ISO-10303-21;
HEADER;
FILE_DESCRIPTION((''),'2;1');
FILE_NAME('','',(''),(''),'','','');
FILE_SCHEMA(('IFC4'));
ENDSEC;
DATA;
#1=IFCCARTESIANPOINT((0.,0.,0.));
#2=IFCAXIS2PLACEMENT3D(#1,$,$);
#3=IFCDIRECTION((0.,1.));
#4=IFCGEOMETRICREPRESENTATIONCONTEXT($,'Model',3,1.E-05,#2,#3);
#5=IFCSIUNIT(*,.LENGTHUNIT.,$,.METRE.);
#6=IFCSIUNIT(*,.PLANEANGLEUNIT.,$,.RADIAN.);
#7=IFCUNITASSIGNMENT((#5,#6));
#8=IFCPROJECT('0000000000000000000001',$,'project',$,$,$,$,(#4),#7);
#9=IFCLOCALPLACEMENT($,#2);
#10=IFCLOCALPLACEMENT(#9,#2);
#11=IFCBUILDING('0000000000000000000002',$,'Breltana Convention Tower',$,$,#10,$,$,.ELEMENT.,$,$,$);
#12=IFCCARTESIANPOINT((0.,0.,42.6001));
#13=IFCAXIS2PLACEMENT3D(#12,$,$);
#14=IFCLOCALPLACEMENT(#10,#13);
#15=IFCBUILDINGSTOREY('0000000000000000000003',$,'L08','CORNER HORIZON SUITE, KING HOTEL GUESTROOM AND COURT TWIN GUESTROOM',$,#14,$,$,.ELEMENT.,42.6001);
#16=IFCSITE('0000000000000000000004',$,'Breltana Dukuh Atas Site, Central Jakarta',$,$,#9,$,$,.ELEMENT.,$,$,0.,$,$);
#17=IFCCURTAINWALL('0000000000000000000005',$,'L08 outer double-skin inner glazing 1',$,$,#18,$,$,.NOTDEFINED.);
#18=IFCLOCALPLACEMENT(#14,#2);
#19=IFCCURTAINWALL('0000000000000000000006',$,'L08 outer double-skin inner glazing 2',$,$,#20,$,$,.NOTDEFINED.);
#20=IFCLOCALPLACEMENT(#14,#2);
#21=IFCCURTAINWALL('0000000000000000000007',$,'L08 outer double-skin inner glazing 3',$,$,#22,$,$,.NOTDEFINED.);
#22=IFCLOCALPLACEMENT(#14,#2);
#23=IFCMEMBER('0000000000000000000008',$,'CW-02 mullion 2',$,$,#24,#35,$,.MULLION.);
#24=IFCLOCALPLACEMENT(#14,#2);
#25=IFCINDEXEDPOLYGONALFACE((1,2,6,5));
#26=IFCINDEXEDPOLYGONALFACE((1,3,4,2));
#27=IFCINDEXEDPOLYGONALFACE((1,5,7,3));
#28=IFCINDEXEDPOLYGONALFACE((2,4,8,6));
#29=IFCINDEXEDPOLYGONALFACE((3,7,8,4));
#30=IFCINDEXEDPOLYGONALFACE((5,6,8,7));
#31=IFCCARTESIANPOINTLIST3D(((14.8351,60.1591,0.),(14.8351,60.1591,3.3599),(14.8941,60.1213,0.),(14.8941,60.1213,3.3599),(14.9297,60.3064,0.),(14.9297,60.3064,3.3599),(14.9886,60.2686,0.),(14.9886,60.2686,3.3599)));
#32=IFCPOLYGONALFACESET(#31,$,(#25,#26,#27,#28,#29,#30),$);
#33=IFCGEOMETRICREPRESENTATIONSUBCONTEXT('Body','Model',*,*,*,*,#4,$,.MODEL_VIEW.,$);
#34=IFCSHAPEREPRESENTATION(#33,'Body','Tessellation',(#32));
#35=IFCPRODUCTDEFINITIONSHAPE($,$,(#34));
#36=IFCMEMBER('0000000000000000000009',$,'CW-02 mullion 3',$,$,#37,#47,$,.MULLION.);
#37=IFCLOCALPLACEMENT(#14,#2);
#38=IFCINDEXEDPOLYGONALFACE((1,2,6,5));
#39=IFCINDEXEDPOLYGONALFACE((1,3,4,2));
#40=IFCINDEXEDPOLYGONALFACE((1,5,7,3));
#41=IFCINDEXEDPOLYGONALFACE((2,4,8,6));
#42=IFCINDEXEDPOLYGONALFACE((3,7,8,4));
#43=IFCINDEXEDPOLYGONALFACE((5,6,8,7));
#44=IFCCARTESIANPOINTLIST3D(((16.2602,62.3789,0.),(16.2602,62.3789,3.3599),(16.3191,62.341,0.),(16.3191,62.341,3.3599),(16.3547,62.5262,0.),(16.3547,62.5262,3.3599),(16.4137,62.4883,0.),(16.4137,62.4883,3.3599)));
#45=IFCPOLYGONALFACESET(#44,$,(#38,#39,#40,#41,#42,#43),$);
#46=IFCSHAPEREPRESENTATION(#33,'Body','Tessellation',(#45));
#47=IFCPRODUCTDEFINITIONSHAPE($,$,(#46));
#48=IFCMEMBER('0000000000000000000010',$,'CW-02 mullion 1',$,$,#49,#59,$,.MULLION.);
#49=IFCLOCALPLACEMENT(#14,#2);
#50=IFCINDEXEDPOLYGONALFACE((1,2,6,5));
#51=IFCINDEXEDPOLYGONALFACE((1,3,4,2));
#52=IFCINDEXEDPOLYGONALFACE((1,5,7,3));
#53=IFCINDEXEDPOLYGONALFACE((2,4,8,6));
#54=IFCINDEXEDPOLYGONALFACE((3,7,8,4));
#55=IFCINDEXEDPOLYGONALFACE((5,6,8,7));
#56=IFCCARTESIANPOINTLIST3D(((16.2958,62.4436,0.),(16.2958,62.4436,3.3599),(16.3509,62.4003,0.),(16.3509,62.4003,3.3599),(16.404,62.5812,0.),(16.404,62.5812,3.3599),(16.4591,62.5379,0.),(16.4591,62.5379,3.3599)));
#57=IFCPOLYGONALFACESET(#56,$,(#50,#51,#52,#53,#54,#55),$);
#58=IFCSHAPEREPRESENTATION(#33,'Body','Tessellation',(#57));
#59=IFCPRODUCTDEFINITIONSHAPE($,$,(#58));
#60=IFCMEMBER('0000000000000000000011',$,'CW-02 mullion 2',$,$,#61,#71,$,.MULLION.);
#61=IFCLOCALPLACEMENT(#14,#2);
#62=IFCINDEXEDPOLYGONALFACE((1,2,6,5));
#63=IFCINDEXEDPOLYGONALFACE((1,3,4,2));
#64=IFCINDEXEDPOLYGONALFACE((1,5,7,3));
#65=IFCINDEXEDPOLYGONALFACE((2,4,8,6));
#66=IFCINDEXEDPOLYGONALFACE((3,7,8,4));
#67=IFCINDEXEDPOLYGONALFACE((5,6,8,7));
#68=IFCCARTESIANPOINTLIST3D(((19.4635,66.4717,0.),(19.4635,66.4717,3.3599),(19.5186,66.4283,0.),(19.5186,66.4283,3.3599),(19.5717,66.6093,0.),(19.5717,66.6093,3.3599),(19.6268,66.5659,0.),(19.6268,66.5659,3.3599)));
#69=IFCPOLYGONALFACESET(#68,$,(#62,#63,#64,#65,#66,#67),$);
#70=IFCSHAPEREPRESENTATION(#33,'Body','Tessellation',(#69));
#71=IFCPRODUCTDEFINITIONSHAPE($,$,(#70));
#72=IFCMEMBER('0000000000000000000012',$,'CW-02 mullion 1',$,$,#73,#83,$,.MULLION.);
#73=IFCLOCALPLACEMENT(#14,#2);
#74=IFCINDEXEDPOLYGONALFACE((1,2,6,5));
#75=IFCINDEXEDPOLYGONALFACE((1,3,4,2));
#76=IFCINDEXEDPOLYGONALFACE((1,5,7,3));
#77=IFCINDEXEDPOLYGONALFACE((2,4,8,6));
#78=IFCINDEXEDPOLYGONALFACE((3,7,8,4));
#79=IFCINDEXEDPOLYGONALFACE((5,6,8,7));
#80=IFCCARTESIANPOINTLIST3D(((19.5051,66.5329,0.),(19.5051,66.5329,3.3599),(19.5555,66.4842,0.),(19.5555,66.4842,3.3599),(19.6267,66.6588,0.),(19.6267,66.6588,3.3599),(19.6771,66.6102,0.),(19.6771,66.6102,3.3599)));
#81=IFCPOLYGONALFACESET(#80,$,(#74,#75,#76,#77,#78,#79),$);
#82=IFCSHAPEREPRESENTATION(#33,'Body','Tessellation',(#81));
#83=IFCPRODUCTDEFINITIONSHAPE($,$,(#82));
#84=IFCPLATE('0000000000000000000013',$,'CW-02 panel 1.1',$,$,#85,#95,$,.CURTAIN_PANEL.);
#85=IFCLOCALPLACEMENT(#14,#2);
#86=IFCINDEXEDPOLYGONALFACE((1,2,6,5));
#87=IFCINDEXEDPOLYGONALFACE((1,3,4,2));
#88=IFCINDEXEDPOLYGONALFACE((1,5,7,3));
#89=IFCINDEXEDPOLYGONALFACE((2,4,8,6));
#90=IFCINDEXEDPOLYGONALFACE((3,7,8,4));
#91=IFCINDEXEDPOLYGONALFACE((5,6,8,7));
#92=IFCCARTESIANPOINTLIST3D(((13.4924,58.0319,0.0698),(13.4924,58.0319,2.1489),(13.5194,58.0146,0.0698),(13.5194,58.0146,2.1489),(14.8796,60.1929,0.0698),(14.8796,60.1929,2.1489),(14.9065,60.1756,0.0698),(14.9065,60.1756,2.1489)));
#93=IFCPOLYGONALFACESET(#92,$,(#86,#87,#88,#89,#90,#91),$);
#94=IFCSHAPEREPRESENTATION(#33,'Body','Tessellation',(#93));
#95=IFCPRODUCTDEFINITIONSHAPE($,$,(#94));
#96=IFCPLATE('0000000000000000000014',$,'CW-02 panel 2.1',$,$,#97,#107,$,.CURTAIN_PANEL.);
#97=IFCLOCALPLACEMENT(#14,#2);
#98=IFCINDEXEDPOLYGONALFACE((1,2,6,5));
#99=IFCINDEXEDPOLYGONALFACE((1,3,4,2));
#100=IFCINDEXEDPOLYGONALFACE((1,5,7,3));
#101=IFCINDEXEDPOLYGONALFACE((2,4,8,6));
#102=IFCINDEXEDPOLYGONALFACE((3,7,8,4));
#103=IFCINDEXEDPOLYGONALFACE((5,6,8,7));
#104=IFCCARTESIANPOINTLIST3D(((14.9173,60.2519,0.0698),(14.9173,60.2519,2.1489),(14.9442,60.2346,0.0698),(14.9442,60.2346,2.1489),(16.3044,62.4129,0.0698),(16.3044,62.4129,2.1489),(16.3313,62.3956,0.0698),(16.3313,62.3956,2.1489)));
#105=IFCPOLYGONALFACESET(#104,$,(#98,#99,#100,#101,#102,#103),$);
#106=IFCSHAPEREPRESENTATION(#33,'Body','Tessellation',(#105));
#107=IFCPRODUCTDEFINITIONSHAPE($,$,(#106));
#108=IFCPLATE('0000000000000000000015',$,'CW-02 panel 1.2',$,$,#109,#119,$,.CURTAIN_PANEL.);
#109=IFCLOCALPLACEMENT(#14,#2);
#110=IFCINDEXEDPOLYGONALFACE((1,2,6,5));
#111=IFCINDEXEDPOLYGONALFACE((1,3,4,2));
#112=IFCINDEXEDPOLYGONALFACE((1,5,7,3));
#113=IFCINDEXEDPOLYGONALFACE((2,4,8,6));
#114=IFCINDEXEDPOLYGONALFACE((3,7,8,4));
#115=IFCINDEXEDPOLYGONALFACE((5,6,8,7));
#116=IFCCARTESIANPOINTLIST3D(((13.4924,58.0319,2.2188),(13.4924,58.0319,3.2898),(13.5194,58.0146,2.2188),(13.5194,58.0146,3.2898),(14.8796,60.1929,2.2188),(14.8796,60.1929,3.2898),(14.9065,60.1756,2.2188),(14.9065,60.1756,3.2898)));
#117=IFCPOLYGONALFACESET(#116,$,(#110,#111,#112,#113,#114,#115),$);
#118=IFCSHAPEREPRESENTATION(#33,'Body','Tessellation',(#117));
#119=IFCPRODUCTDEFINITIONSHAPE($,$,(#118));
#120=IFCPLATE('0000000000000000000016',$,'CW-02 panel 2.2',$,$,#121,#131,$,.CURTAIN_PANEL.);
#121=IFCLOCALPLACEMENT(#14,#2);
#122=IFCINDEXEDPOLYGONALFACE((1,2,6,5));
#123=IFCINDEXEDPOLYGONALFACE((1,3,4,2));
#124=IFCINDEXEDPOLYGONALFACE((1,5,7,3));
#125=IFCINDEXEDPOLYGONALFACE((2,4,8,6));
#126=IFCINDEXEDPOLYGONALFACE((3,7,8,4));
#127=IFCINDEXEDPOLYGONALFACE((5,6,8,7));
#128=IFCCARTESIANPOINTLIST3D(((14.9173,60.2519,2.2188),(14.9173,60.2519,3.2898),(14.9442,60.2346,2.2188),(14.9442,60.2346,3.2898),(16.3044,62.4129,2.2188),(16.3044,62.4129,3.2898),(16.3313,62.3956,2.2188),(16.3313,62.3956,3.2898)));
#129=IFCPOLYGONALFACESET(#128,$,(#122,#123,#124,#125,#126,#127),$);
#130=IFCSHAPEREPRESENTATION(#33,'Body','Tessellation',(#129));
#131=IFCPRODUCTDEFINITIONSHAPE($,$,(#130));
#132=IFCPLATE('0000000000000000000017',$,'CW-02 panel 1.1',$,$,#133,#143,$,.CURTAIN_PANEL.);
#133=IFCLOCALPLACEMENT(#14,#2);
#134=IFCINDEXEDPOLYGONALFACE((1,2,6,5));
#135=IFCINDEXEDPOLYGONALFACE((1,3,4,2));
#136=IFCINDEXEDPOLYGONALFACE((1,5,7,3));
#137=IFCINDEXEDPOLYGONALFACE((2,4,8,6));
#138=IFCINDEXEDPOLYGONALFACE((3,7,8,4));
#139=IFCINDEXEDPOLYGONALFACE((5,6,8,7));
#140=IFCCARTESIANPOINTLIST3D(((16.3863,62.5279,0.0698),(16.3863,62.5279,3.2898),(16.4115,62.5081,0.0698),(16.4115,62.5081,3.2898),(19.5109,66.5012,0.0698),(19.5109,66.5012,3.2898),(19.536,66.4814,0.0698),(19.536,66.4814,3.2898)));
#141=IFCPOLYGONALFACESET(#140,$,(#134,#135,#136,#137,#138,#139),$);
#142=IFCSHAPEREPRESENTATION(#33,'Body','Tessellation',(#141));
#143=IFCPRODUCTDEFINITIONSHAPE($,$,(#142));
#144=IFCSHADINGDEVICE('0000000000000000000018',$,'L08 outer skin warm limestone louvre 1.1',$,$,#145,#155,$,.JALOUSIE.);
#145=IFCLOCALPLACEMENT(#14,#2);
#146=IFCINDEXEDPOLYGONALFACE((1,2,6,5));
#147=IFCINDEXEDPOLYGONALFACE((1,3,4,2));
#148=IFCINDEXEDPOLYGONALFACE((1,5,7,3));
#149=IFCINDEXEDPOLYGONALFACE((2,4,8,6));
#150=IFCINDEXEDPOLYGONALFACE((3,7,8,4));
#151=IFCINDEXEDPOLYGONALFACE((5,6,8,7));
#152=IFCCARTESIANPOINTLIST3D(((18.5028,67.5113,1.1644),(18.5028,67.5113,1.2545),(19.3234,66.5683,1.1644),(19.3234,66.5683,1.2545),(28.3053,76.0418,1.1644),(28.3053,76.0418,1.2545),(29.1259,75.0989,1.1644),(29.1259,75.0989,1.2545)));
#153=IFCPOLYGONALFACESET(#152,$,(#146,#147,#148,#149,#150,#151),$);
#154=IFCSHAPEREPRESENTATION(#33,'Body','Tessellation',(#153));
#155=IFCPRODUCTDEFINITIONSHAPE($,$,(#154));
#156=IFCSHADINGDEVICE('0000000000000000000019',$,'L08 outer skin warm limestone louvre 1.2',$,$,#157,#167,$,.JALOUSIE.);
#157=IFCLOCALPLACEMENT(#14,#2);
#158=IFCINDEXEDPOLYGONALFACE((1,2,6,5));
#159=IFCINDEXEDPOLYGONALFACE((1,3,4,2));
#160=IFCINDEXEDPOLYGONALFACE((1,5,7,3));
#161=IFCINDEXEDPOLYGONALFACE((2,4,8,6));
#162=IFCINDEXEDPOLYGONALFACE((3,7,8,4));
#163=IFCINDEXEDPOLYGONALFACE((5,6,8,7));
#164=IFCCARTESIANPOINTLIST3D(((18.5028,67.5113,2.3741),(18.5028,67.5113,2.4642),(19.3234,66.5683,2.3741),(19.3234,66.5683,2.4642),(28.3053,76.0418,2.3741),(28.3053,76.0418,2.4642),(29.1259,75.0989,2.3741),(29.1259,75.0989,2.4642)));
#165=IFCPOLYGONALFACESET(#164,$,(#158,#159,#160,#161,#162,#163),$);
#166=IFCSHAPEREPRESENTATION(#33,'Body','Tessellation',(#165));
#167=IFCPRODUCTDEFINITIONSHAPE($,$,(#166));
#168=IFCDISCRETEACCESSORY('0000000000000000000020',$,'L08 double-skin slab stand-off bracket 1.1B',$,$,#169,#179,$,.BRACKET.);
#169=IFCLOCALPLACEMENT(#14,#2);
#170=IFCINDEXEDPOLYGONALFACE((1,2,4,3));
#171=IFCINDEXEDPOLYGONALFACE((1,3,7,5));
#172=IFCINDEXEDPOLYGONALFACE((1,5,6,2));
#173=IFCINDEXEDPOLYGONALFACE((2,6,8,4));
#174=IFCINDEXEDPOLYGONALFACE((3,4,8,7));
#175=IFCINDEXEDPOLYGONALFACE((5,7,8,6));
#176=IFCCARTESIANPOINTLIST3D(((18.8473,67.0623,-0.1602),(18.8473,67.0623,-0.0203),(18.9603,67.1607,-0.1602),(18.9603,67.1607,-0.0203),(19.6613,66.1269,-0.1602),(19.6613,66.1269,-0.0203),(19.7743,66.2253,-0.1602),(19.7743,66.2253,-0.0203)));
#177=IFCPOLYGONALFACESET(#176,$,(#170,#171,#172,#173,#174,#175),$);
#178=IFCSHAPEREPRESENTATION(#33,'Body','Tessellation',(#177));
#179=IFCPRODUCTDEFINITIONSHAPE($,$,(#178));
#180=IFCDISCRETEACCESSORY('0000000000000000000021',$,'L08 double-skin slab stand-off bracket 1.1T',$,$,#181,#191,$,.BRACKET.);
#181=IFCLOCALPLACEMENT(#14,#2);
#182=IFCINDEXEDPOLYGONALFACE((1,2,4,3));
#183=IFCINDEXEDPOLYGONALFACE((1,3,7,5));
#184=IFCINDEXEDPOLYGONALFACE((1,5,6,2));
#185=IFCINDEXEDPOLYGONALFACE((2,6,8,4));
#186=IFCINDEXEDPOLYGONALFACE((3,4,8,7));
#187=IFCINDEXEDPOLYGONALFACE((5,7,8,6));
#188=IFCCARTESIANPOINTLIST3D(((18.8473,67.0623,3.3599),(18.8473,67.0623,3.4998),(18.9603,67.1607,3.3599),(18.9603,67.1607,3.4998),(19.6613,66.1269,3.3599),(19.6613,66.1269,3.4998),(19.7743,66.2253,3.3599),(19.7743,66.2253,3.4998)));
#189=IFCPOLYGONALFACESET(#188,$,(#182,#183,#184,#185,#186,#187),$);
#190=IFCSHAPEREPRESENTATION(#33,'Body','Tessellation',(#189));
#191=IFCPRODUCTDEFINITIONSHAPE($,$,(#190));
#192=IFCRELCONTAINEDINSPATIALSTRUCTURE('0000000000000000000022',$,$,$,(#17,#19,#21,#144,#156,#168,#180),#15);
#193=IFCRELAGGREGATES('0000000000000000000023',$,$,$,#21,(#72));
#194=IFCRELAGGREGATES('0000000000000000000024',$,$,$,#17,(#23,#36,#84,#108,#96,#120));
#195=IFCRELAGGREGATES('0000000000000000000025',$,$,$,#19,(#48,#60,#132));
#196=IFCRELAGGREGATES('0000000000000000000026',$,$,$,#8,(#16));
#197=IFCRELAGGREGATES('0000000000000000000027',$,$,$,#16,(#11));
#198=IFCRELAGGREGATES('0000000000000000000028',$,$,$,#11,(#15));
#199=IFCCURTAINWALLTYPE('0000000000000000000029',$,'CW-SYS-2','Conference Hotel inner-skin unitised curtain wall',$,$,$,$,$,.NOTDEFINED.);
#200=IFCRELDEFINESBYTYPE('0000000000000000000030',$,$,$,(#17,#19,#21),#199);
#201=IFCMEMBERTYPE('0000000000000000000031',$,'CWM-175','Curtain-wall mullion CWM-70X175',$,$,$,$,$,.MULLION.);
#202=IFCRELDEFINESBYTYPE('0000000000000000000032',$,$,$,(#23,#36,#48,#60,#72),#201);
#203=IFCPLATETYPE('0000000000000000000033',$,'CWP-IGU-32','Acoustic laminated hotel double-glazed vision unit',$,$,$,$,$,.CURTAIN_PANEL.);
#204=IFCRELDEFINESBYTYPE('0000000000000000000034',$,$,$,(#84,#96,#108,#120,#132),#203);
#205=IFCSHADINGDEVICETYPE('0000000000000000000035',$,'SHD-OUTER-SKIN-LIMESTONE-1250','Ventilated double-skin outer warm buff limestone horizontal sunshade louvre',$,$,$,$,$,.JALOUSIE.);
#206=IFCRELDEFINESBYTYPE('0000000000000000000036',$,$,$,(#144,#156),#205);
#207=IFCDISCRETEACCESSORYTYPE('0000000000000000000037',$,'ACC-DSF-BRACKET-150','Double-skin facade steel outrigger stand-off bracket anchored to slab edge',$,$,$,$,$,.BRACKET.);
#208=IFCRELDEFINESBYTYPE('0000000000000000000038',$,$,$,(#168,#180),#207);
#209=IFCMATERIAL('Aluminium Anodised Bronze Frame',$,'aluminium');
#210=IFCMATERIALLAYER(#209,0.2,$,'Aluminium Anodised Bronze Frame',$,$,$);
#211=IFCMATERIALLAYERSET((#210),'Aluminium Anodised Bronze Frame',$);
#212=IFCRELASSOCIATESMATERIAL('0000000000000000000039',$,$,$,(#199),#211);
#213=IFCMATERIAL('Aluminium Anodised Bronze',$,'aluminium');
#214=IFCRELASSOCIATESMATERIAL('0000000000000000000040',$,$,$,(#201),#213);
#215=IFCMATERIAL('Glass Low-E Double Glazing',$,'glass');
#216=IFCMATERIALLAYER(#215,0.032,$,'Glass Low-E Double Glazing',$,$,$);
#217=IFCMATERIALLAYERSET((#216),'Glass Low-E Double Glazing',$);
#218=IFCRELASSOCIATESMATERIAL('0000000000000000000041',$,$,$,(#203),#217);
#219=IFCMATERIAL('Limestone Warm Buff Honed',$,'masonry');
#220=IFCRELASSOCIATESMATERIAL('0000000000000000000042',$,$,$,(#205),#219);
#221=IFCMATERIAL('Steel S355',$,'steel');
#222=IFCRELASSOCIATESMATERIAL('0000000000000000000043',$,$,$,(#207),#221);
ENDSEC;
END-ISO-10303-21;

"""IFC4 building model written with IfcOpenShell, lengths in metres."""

from ifc_helpers import new_model, si_unit, direction, frame, origin, origin_2d, place, context, subcontext, project, spatial, rectangle, extrude, source, transform, mapped, material, layer, layer_set, material_profile, profile_set, type_object, type_shapes, element, aggregate, save


model = new_model("IFC4")

# Units and contexts
model_context = context("Model", 3, precision=1e-05, world=origin(), true_north=direction((0.0, 1.0)))
body_context = subcontext(model_context, "Body", "Model", "MODEL_VIEW")
ifc_project = project(units=[si_unit("LENGTHUNIT", "METRE"), si_unit("PLANEANGLEUNIT", "RADIAN")], contexts=[model_context])

# Site, building, storey
site_placement = place(None, origin())
site = spatial("IfcSite", under=ifc_project, at=site_placement, Name="Breltana Dukuh Atas Site, Central Jakarta", CompositionType="ELEMENT", RefElevation=0.0)
building_placement = place(site_placement, origin())
building = spatial("IfcBuilding", under=site, at=building_placement, Name="Breltana Convention Tower", CompositionType="ELEMENT")
storey_placement = place(building_placement, frame((0.0, 0.0, 42.6001)))
storey = spatial("IfcBuildingStorey", under=building, at=storey_placement, Name="L08", Description="CORNER HORIZON SUITE, KING HOTEL GUESTROOM AND COURT TWIN GUESTROOM", CompositionType="ELEMENT", Elevation=42.6001)

# Curtain walls
ifc_material_1 = material(Name="Aluminium Anodised Bronze Frame", Category="aluminium")
ifc_layer_1 = layer(ifc_material_1, 0.2, Name="Aluminium Anodised Bronze Frame")
ifc_layer_set_1 = layer_set([ifc_layer_1], Name="Aluminium Anodised Bronze Frame")
curtain_wall_type = type_object("IfcCurtainWallType", Name="CW-SYS-2", Description="Conference Hotel inner-skin unitised curtain wall", PredefinedType="NOTDEFINED", material=ifc_layer_set_1)
curtain_wall_1_placement = place(storey_placement, origin())
curtain_wall_1 = element("IfcCurtainWall", 1, at=curtain_wall_1_placement, inside=storey, type_object=curtain_wall_type, Name="L08 outer double-skin inner glazing 1", PredefinedType="NOTDEFINED")
ifc_material_2 = material(Name="Aluminium Anodised Bronze", Category="aluminium")
curtain_wall_2_placement = place(storey_placement, origin())
curtain_wall_2 = element("IfcCurtainWall", 2, at=curtain_wall_2_placement, inside=storey, type_object=curtain_wall_type, Name="L08 outer double-skin inner glazing 2", PredefinedType="NOTDEFINED")
curtain_wall_3_placement = place(storey_placement, origin())
curtain_wall_3 = element("IfcCurtainWall", 3, at=curtain_wall_3_placement, inside=storey, type_object=curtain_wall_type, Name="L08 outer double-skin inner glazing 3", PredefinedType="NOTDEFINED")

# Members
ifc_material_profile_1 = material_profile(ifc_material_2, rectangle(XDim=0.0701, YDim=0.175, at=origin_2d()), Name="CWM-70X175")
ifc_profile_set_1 = profile_set([ifc_material_profile_1], Name="Aluminium Anodised Bronze")
member_type_1 = type_object("IfcMemberType", Name="CWM-175", Description="Curtain-wall mullion CWM-70X175", PredefinedType="MULLION", material=ifc_profile_set_1)
shared_shape_1 = source(origin(), body_context, "Body", "SweptSolid", [
    extrude(rectangle(XDim=0.0701, YDim=0.175, at=origin_2d()), origin(), (0.0, 0.0, 1.0), 3.3599),
])
member_1_placement = place(storey_placement, frame((14.9119, 60.2139, 0.0), z_axis=(0.0, 0.0, 1.0), x_axis=(-0.841549, 0.540181, 0.0)))
member_1 = element("IfcMember", 4, at=member_1_placement, type_object=member_type_1, Name="CW-02 mullion 2", PredefinedType="MULLION", context=body_context, shape_type="MappedRepresentation", body=[
    mapped(shared_shape_1, transform((0.0, 0.0, 0.0), scale=1.0)),
])
member_2_placement = place(storey_placement, frame((16.3369, 62.4336, 0.0), z_axis=(0.0, 0.0, 1.0), x_axis=(-0.841549, 0.540181, 0.0)))
member_2 = element("IfcMember", 5, at=member_2_placement, type_object=member_type_1, Name="CW-02 mullion 3", PredefinedType="MULLION", context=body_context, shape_type="MappedRepresentation", body=[
    mapped(shared_shape_1, transform((0.0, 0.0, 0.0), scale=1.0)),
])
member_3_placement = place(storey_placement, frame((16.3774, 62.4907, 0.0), z_axis=(0.0, 0.0, 1.0), x_axis=(-0.786057, 0.618154, 0.0)))
member_3 = element("IfcMember", 6, at=member_3_placement, type_object=member_type_1, Name="CW-02 mullion 1", PredefinedType="MULLION", context=body_context, shape_type="MappedRepresentation", body=[
    mapped(shared_shape_1, transform((0.0, 0.0, 0.0), scale=1.0)),
])
member_4_placement = place(storey_placement, frame((19.5452, 66.5188, 0.0), z_axis=(0.0, 0.0, 1.0), x_axis=(-0.786057, 0.618154, 0.0)))
member_4 = element("IfcMember", 7, at=member_4_placement, type_object=member_type_1, Name="CW-02 mullion 2", PredefinedType="MULLION", context=body_context, shape_type="MappedRepresentation", body=[
    mapped(shared_shape_1, transform((0.0, 0.0, 0.0), scale=1.0)),
])
member_5_placement = place(storey_placement, frame((19.5911, 66.5715, 0.0), z_axis=(0.0, 0.0, 1.0), x_axis=(-0.719386, 0.69461, 0.0)))
member_5 = element("IfcMember", 8, at=member_5_placement, type_object=member_type_1, Name="CW-02 mullion 1", PredefinedType="MULLION", context=body_context, shape_type="MappedRepresentation", body=[
    mapped(shared_shape_1, transform((0.0, 0.0, 0.0), scale=1.0)),
])
aggregate(curtain_wall_3, [member_5])

# Plates
ifc_material_3 = material(Name="Glass Low-E Double Glazing", Category="glass")
ifc_layer_2 = layer(ifc_material_3, 0.032, Name="Glass Low-E Double Glazing")
ifc_layer_set_2 = layer_set([ifc_layer_2], Name="Glass Low-E Double Glazing")
plate_type = type_object("IfcPlateType", Name="CWP-IGU-32", Description="Acoustic laminated hotel double-glazed vision unit", PredefinedType="CURTAIN_PANEL", material=ifc_layer_set_2)
shared_shape_2 = source(origin(), body_context, "Body", "SweptSolid", [
    extrude(rectangle(XDim=2.5679, YDim=0.032, at=origin_2d()), origin(), (0.0, 0.0, 1.0), 2.0791),
])
type_shapes(plate_type, [shared_shape_2])
plate_1_placement = place(storey_placement, frame((14.1995, 59.1038, 0.0698), z_axis=(0.0, 0.0, 1.0), x_axis=(0.540181, 0.841549, 0.0)))
plate_1 = element("IfcPlate", 9, at=plate_1_placement, type_object=plate_type, Name="CW-02 panel 1.1", PredefinedType="CURTAIN_PANEL", context=body_context, shape_type="MappedRepresentation", body=[
    mapped(shared_shape_2, transform((0.0, 0.0, 0.0), scale=1.0)),
])
plate_2_placement = place(storey_placement, frame((15.6243, 61.3237, 0.0698), z_axis=(0.0, 0.0, 1.0), x_axis=(0.540181, 0.841549, 0.0)))
plate_2 = element("IfcPlate", 10, at=plate_2_placement, type_object=plate_type, Name="CW-02 panel 2.1", PredefinedType="CURTAIN_PANEL", context=body_context, shape_type="MappedRepresentation", body=[
    mapped(shared_shape_2, transform((0.0, 0.0, 0.0), scale=1.0)),
])
shared_shape_3 = source(origin(), body_context, "Body", "SweptSolid", [
    extrude(rectangle(XDim=2.5679, YDim=0.032, at=origin_2d()), origin(), (0.0, 0.0, 1.0), 1.071),
])
plate_3_placement = place(storey_placement, frame((14.1995, 59.1038, 2.2188), z_axis=(0.0, 0.0, 1.0), x_axis=(0.540181, 0.841549, 0.0)))
plate_3 = element("IfcPlate", 11, at=plate_3_placement, type_object=plate_type, Name="CW-02 panel 1.2", PredefinedType="CURTAIN_PANEL", context=body_context, shape_type="MappedRepresentation", body=[
    mapped(shared_shape_3, transform((0.0, 0.0, 0.0), scale=1.0)),
])
plate_4_placement = place(storey_placement, frame((15.6243, 61.3237, 2.2188), z_axis=(0.0, 0.0, 1.0), x_axis=(0.540181, 0.841549, 0.0)))
plate_4 = element("IfcPlate", 12, at=plate_4_placement, type_object=plate_type, Name="CW-02 panel 2.2", PredefinedType="CURTAIN_PANEL", context=body_context, shape_type="MappedRepresentation", body=[
    mapped(shared_shape_3, transform((0.0, 0.0, 0.0), scale=1.0)),
])
aggregate(curtain_wall_1, [member_1, member_2, plate_1, plate_3, plate_2, plate_4])
shared_shape_4 = source(origin(), body_context, "Body", "SweptSolid", [
    extrude(rectangle(XDim=5.0547, YDim=0.032, at=origin_2d()), origin(), (0.0, 0.0, 1.0), 3.22),
])
plate_5_placement = place(storey_placement, frame((17.9612, 64.5046, 0.0698), z_axis=(0.0, 0.0, 1.0), x_axis=(0.618154, 0.786057, 0.0)))
plate_5 = element("IfcPlate", 13, at=plate_5_placement, type_object=plate_type, Name="CW-02 panel 1.1", PredefinedType="CURTAIN_PANEL", context=body_context, shape_type="MappedRepresentation", body=[
    mapped(shared_shape_4, transform((0.0, 0.0, 0.0), scale=1.0)),
])
aggregate(curtain_wall_2, [member_3, member_4, plate_5])

# Shading devices
ifc_material_4 = material(Name="Limestone Warm Buff Honed", Category="masonry")
ifc_material_profile_2 = material_profile(ifc_material_4, rectangle(XDim=1.25, YDim=0.0901, at=origin_2d()), Name="STN-LVR-1250X90")
ifc_profile_set_2 = profile_set([ifc_material_profile_2], Name="Limestone Warm Buff Honed")
shading_device_type = type_object("IfcShadingDeviceType", Name="SHD-OUTER-SKIN-LIMESTONE-1250", Description="Ventilated double-skin outer warm buff limestone horizontal sunshade louvre", PredefinedType="JALOUSIE", material=ifc_profile_set_2)
shared_shape_5 = source(origin(), body_context, "Body", "SweptSolid", [
    extrude(rectangle(XDim=1.25, YDim=0.0901, at=origin_2d()), origin(), (0.0, 0.0, 1.0), 12.9946),
])
type_shapes(shading_device_type, [shared_shape_5])
for number, where, z_axis, x_axis, name in (
    (14, (18.9131, 67.0398, 1.2095), (0.754353, 0.656468, 0.0), (-0.656468, 0.754353, 0.0), "L08 outer skin warm limestone louvre 1.1"),
    (15, (18.9131, 67.0398, 2.4192), (0.754353, 0.656468, 0.0), (-0.656468, 0.754353, 0.0), "L08 outer skin warm limestone louvre 1.2"),
):
    element("IfcShadingDevice", number, at=place(storey_placement, frame(where, z_axis=z_axis, x_axis=x_axis)), inside=storey, type_object=shading_device_type, Name=name, PredefinedType="JALOUSIE", context=body_context, shape_type="MappedRepresentation", body=[
        mapped(shared_shape_5, transform((0.0, 0.0, 0.0), scale=1.0)),
    ])

# Discrete accessories
ifc_material_5 = material(Name="Steel S355", Category="steel")
discrete_accessory_type_1 = type_object("IfcDiscreteAccessoryType", Name="ACC-DSF-BRACKET-150", Description="Double-skin facade steel outrigger stand-off bracket anchored to slab edge", PredefinedType="BRACKET", material=ifc_material_5)
shared_shape_6 = source(origin(), body_context, "Body", "SweptSolid", [
    extrude(rectangle(XDim=1.24, YDim=0.1499, at=origin_2d()), origin(), (0.0, 0.0, 1.0), 0.1399),
])
type_shapes(discrete_accessory_type_1, [shared_shape_6])
for number, where, z_axis, x_axis, name in (
    (16, (19.3108, 66.6438, -0.1602), (0.0, 0.0, 1.0), (-0.656457, 0.754364, 0.0), "L08 double-skin slab stand-off bracket 1.1B"),
    (17, (19.3108, 66.6438, 3.3599), (0.0, 0.0, 1.0), (-0.656457, 0.754364, 0.0), "L08 double-skin slab stand-off bracket 1.1T"),
):
    element("IfcDiscreteAccessory", number, at=place(storey_placement, frame(where, z_axis=z_axis, x_axis=x_axis)), inside=storey, type_object=discrete_accessory_type_1, Name=name, PredefinedType="BRACKET", context=body_context, shape_type="MappedRepresentation", body=[
        mapped(shared_shape_6, transform((0.0, 0.0, 0.0), scale=1.0)),
    ])

save(model, "model.ifc")
